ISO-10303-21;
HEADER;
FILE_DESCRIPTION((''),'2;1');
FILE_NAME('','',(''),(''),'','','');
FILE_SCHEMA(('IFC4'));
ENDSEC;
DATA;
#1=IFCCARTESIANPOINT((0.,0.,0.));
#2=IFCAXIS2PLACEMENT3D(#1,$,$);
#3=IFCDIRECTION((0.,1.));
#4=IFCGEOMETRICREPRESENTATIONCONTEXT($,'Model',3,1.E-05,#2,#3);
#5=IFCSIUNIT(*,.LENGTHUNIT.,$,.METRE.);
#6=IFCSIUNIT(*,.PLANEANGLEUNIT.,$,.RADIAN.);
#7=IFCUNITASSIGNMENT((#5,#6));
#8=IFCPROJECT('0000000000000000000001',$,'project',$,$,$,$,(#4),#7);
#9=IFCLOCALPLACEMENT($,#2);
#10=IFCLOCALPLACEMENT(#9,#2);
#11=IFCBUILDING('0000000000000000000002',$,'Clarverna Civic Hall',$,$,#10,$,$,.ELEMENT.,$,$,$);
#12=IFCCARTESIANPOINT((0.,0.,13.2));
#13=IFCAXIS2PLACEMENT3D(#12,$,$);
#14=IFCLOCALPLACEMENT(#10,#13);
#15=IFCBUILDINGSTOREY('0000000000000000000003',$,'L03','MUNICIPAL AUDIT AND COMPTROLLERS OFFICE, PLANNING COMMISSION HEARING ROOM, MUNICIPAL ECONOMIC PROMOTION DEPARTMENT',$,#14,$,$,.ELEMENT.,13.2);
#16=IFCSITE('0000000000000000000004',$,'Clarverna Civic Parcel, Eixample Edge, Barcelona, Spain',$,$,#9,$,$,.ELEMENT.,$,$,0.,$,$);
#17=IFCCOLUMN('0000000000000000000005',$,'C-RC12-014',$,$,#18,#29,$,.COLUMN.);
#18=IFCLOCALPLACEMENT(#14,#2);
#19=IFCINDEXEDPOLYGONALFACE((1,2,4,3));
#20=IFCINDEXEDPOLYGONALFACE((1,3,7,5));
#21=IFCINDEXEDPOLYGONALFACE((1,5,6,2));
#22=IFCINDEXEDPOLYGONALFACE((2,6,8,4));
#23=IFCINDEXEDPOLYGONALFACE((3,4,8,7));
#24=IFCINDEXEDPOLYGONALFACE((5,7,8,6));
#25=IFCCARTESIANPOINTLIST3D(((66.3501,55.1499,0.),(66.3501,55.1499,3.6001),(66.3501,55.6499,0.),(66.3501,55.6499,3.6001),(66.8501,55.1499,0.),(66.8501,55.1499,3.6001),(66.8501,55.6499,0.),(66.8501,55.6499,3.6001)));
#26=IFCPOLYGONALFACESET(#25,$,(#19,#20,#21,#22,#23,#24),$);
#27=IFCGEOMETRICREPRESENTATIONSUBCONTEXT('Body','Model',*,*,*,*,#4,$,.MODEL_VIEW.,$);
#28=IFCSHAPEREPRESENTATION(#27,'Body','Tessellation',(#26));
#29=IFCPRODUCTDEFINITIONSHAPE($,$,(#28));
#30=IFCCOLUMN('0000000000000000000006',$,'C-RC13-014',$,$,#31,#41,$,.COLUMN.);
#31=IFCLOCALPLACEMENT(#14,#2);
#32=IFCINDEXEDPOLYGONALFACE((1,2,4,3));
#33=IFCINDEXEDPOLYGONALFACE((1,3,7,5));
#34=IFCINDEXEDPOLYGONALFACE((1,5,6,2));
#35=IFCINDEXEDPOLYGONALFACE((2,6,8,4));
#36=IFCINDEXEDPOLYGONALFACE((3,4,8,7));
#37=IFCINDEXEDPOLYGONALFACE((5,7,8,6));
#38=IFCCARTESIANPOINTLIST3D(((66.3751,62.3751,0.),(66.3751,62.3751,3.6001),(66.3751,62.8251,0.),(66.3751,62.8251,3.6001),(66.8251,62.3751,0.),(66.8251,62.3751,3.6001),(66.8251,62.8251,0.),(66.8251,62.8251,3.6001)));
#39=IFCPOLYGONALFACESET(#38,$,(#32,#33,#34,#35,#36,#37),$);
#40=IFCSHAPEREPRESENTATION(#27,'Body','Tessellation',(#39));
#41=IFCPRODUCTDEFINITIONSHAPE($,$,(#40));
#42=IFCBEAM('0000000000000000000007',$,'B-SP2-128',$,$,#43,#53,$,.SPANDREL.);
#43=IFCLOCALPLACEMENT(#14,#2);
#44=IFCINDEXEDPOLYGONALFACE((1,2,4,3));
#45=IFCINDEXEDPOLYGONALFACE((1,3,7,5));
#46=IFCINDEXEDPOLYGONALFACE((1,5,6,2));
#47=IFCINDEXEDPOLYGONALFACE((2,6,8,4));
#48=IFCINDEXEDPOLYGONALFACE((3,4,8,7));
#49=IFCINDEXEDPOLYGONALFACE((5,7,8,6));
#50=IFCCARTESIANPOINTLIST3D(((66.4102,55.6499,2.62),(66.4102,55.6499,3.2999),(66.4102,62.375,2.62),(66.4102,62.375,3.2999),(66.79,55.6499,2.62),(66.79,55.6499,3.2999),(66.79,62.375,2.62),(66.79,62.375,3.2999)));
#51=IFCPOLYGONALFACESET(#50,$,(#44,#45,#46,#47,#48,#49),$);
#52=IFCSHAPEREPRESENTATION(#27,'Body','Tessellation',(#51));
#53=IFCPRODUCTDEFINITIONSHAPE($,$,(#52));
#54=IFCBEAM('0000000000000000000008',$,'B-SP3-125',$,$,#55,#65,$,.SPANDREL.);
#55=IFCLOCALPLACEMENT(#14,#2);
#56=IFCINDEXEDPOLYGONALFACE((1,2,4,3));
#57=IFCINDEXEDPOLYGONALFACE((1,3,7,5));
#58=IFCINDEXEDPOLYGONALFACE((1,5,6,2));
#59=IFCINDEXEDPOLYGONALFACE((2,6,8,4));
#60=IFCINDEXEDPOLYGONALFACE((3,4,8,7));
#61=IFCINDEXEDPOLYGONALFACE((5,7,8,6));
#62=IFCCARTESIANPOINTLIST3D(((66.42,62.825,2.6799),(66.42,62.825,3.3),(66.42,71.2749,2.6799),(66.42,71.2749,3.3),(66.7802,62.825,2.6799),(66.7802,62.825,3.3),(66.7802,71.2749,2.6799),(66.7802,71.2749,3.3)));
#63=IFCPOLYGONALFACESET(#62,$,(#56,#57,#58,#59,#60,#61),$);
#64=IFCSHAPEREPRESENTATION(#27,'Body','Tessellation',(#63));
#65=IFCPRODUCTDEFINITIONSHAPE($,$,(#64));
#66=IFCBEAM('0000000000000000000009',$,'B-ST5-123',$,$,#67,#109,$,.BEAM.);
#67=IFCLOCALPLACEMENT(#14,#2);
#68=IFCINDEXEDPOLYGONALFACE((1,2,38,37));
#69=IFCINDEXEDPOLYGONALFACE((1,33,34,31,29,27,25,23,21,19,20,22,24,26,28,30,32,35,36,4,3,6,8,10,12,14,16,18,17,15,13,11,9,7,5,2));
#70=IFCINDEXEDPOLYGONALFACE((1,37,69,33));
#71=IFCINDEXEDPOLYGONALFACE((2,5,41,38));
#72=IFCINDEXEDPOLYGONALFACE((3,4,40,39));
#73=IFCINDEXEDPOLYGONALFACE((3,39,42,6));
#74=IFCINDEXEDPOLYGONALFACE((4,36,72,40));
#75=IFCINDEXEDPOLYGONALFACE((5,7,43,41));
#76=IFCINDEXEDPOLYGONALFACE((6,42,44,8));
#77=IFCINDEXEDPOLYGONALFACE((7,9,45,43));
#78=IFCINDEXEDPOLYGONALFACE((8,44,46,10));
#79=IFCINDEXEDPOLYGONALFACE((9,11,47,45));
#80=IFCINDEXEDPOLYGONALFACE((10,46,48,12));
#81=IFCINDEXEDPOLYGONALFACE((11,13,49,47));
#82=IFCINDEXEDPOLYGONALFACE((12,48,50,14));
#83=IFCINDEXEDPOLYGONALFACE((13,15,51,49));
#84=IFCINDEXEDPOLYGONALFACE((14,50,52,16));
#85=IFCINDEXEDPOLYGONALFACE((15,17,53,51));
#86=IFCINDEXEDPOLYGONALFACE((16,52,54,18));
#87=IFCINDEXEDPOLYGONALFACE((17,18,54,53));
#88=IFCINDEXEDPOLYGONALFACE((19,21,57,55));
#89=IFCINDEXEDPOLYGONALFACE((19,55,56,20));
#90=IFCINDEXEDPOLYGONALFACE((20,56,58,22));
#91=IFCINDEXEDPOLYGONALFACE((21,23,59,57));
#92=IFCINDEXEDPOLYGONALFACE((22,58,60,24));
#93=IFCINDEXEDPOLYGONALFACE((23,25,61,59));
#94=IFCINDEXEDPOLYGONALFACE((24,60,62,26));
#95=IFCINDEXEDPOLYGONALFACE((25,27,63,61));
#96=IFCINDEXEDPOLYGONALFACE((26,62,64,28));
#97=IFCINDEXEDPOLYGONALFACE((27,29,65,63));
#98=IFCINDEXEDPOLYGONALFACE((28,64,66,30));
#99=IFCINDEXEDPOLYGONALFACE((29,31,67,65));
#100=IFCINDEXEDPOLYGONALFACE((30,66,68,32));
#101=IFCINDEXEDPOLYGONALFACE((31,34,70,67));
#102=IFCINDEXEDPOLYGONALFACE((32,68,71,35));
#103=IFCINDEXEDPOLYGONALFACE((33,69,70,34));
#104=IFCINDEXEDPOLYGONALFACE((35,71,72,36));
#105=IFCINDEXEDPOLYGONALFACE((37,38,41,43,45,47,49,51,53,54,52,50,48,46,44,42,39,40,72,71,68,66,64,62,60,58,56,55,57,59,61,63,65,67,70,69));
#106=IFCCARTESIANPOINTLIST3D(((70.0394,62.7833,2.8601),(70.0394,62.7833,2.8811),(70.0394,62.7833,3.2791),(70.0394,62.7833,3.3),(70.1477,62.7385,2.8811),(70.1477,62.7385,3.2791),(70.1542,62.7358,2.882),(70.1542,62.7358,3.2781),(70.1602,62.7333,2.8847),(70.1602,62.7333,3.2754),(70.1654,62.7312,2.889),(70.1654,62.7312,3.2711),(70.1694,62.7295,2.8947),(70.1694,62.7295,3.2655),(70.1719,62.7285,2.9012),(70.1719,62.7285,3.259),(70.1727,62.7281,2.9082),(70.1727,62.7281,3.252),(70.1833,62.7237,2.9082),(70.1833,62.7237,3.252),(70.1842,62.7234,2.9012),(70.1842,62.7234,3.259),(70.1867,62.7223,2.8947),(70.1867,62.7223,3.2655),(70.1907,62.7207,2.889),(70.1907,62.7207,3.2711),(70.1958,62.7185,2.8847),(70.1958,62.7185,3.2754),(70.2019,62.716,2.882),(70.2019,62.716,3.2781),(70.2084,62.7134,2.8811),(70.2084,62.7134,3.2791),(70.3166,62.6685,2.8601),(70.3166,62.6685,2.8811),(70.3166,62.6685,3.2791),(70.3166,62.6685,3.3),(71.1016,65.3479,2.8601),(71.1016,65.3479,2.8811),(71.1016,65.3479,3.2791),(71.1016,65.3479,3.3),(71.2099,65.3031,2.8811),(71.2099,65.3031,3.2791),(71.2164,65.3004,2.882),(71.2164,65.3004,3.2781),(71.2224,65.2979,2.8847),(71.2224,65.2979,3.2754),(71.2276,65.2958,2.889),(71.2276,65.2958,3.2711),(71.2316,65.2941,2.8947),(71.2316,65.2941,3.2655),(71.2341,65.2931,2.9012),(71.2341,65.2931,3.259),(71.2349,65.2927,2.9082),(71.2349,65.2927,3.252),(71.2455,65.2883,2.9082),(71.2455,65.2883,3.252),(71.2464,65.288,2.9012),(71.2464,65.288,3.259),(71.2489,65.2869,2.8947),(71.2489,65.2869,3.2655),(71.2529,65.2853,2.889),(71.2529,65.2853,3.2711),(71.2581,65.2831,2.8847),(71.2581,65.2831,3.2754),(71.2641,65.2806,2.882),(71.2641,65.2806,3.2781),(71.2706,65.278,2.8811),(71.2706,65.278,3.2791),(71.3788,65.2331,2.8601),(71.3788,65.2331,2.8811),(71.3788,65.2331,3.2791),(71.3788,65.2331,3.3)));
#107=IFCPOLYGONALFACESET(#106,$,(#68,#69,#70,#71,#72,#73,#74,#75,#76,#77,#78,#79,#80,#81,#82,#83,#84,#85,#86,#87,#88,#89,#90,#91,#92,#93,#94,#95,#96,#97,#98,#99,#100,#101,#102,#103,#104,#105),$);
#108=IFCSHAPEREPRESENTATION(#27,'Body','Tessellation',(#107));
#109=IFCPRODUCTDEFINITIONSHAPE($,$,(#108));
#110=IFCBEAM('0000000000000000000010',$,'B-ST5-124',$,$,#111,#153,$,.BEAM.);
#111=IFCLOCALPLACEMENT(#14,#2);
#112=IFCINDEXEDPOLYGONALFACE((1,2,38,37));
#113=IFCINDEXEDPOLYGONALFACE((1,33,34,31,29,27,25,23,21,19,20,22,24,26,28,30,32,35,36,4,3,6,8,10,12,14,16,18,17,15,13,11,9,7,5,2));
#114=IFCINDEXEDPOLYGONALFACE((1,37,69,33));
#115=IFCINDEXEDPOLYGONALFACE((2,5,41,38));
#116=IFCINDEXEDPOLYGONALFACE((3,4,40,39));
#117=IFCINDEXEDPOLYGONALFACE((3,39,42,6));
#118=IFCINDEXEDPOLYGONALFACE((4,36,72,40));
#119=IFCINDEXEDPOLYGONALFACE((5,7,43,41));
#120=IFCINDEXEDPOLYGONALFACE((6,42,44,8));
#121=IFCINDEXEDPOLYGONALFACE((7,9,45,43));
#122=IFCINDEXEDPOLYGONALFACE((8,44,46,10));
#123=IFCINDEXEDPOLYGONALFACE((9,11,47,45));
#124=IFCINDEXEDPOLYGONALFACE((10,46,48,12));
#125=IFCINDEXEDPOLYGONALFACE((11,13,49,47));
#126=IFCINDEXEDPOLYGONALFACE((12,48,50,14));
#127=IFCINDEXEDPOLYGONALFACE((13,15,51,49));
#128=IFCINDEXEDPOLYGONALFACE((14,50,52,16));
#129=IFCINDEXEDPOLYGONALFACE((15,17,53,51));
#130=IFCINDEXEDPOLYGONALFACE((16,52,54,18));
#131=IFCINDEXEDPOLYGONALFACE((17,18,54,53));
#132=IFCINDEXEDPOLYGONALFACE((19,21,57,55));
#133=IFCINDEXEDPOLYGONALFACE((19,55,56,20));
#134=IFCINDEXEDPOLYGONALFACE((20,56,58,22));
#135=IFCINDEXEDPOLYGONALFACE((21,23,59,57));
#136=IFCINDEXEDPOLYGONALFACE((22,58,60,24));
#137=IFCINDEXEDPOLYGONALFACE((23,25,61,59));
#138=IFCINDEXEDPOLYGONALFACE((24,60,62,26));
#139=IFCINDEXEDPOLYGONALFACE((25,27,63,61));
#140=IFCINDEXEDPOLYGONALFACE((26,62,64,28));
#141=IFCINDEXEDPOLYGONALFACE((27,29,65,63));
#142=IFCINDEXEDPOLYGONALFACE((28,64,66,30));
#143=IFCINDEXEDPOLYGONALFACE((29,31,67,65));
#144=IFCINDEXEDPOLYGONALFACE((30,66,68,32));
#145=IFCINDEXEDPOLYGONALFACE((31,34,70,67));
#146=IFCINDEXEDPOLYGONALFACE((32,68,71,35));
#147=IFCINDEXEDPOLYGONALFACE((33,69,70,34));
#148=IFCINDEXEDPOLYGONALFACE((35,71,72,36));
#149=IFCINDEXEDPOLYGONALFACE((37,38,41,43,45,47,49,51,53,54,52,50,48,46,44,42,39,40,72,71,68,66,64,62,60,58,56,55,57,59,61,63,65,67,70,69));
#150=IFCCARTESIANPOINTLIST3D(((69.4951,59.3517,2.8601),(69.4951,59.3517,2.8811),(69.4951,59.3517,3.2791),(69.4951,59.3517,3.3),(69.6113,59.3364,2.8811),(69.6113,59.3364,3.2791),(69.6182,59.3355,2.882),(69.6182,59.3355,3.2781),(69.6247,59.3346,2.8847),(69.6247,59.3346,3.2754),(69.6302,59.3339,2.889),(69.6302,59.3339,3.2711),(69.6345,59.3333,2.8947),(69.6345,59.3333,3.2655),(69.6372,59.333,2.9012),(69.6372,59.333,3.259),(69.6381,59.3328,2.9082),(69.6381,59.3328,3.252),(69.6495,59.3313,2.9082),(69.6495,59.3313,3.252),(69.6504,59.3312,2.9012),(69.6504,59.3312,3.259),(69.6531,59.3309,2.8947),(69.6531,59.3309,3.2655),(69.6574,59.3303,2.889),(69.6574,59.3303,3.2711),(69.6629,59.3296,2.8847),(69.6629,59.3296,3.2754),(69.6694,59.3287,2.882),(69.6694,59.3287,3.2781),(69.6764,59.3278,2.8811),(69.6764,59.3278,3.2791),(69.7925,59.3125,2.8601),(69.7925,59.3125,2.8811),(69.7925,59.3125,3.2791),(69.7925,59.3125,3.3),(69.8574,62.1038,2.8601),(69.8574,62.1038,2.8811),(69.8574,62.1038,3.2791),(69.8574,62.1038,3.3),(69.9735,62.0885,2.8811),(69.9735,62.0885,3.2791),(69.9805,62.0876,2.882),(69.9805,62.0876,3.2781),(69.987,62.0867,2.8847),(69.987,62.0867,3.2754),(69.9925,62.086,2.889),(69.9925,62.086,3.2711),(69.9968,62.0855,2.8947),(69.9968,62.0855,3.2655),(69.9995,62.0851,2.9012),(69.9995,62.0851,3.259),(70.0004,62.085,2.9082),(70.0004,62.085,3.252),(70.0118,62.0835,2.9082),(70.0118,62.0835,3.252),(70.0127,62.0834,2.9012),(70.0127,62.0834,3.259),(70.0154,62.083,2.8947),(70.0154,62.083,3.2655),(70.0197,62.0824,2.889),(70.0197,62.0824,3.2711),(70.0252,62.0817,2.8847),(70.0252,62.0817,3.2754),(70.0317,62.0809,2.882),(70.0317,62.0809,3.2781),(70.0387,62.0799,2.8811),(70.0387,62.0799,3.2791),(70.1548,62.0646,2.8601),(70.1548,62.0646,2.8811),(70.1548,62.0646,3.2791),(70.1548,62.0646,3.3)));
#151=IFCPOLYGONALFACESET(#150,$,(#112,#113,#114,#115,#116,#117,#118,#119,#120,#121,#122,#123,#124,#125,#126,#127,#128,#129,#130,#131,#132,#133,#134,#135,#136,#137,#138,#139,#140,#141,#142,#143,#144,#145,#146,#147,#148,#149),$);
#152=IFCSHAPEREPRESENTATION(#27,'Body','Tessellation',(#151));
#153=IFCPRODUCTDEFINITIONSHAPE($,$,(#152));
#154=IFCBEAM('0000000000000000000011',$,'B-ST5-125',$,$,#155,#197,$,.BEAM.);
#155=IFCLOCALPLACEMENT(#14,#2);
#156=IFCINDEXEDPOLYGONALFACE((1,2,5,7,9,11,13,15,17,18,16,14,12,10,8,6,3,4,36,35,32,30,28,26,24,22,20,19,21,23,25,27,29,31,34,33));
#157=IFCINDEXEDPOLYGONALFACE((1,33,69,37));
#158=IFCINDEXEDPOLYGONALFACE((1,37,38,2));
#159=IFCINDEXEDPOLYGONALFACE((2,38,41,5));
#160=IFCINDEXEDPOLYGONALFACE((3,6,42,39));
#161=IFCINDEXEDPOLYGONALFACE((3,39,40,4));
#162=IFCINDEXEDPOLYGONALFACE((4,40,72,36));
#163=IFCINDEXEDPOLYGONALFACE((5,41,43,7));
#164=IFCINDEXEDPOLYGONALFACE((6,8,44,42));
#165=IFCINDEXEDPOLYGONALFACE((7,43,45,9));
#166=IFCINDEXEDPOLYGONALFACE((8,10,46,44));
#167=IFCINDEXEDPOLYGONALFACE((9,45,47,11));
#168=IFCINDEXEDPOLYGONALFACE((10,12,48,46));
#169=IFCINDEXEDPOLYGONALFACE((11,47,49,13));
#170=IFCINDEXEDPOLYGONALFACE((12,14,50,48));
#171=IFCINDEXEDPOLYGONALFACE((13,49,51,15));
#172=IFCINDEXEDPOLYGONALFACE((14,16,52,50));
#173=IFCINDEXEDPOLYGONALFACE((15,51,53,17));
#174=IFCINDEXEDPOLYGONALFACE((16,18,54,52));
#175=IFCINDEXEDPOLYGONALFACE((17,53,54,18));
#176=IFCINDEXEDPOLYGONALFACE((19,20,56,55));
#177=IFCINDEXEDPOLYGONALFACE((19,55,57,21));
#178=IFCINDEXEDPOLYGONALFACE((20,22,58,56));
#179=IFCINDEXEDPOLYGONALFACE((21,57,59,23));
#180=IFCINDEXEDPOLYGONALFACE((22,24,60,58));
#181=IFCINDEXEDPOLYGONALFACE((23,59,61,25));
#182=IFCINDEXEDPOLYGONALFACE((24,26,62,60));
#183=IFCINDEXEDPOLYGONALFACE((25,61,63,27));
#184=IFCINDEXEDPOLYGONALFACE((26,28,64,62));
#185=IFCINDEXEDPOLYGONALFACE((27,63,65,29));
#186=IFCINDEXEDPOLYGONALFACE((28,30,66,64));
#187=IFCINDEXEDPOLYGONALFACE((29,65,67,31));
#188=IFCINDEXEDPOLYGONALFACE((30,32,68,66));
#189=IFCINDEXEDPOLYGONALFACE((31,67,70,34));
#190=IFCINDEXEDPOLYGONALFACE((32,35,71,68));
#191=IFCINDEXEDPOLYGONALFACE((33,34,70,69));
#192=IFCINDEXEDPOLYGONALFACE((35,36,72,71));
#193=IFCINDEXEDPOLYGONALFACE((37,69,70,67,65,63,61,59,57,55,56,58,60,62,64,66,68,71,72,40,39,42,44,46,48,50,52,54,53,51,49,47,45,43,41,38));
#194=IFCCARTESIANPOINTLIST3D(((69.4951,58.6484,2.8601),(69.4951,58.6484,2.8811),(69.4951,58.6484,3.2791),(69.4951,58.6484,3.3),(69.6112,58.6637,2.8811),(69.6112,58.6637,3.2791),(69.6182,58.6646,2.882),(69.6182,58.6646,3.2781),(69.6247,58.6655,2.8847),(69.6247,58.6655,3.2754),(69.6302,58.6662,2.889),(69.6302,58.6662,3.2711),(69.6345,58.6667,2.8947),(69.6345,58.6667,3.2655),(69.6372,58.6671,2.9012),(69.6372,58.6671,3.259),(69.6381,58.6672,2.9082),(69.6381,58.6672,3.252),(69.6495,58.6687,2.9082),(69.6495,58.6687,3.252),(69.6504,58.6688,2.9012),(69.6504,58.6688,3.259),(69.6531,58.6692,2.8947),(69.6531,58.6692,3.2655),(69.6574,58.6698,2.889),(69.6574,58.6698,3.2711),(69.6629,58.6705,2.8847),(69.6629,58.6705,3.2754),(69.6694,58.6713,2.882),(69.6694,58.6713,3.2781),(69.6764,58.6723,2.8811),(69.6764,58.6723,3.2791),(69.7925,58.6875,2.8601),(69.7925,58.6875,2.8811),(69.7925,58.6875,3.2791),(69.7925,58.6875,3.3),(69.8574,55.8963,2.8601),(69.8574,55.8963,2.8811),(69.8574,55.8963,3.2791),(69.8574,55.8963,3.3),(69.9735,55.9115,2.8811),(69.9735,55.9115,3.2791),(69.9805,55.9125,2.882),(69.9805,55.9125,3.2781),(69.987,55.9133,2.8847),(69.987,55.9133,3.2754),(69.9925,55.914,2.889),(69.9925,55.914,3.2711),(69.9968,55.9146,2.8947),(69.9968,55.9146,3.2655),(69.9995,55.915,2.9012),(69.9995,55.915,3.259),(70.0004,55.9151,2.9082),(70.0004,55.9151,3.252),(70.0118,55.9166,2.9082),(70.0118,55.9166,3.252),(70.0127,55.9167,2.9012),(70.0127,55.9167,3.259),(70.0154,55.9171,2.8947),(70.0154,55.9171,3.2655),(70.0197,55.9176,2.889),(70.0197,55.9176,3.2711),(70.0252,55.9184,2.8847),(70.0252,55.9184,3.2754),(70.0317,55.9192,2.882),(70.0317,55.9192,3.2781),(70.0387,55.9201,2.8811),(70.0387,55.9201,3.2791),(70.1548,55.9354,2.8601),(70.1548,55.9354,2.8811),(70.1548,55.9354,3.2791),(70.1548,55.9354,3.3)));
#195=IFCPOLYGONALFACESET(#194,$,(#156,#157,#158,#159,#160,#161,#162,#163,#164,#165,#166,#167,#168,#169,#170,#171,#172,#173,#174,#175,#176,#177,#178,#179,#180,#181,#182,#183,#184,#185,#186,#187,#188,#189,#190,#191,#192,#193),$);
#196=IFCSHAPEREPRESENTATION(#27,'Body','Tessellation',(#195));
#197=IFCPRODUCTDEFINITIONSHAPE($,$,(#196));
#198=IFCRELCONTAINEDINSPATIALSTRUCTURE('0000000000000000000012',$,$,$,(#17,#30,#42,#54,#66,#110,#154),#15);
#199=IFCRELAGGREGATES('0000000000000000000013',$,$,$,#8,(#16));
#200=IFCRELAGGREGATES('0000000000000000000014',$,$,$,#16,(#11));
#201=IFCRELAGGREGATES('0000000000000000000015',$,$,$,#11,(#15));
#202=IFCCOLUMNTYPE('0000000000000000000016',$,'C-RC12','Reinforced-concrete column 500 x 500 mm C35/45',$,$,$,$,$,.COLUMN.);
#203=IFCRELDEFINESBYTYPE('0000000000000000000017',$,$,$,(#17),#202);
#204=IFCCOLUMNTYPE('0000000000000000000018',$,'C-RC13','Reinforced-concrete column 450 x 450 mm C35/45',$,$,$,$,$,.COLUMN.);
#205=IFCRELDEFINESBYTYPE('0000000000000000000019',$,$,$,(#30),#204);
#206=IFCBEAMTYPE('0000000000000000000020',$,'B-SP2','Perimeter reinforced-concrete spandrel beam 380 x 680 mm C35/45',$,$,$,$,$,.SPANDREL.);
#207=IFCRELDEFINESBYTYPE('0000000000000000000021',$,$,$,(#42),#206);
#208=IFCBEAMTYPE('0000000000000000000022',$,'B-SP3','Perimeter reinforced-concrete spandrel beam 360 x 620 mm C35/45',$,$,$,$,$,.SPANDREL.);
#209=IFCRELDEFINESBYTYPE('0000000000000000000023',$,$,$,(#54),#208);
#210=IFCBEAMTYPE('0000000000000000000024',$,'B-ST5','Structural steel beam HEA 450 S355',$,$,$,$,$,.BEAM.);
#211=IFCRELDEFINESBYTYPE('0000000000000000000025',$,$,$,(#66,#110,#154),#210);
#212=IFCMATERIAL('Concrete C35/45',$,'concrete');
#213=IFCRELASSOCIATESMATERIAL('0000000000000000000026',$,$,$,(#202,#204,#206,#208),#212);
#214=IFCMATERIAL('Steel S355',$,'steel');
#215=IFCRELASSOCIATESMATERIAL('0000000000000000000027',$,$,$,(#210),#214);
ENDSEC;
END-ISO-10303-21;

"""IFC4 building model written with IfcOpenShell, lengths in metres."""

from ifc_helpers import new_model, si_unit, direction, frame, origin, origin_2d, place, context, subcontext, project, spatial, rectangle, i_section, extrude, material, material_profile, profile_set, type_object, element, save


model = new_model("IFC4")

# Units and contexts
model_context = context("Model", 3, precision=1e-05, world=origin(), true_north=direction((0.0, 1.0)))
body_context = subcontext(model_context, "Body", "Model", "MODEL_VIEW")
ifc_project = project(units=[si_unit("LENGTHUNIT", "METRE"), si_unit("PLANEANGLEUNIT", "RADIAN")], contexts=[model_context])

# Site, building, storey
site_placement = place(None, origin())
site = spatial("IfcSite", under=ifc_project, at=site_placement, Name="Clarverna Civic Parcel, Eixample Edge, Barcelona, Spain", CompositionType="ELEMENT", RefElevation=0.0)
building_placement = place(site_placement, origin())
building = spatial("IfcBuilding", under=site, at=building_placement, Name="Clarverna Civic Hall", CompositionType="ELEMENT")
storey_placement = place(building_placement, frame((0.0, 0.0, 13.2)))
storey = spatial("IfcBuildingStorey", under=building, at=storey_placement, Name="L03", Description="MUNICIPAL AUDIT AND COMPTROLLERS OFFICE, PLANNING COMMISSION HEARING ROOM, MUNICIPAL ECONOMIC PROMOTION DEPARTMENT", CompositionType="ELEMENT", Elevation=13.2)

# Columns
ifc_material_1 = material(Name="Concrete C35/45", Category="concrete")
ifc_material_profile_1 = material_profile(ifc_material_1, rectangle(XDim=0.5, YDim=0.5, at=origin_2d()), Name="RC 500x500")
ifc_profile_set_1 = profile_set([ifc_material_profile_1], Name="Concrete C35/45")
column_type_1 = type_object("IfcColumnType", Name="C-RC12", Description="Reinforced-concrete column 500 x 500 mm C35/45", PredefinedType="COLUMN", material=ifc_profile_set_1)
column_1_placement = place(storey_placement, frame((66.6001, 55.3999, 0.0), z_axis=(0.0, 0.0, 1.0), x_axis=(1.0, 0.0, 0.0)))
element("IfcColumn", 1, at=column_1_placement, inside=storey, type_object=column_type_1, Name="C-RC12-014", PredefinedType="COLUMN", context=body_context, shape_type="SweptSolid", body=[
    extrude(rectangle(XDim=0.5, YDim=0.5, at=origin_2d()), origin(), (0.0, 0.0, 1.0), 3.6001),
])
ifc_material_profile_2 = material_profile(ifc_material_1, rectangle(XDim=0.45, YDim=0.45, at=origin_2d()), Name="RC 450x450")
ifc_profile_set_2 = profile_set([ifc_material_profile_2], Name="Concrete C35/45")
column_type_2 = type_object("IfcColumnType", Name="C-RC13", Description="Reinforced-concrete column 450 x 450 mm C35/45", PredefinedType="COLUMN", material=ifc_profile_set_2)
column_2_placement = place(storey_placement, frame((66.6001, 62.6001, 0.0), z_axis=(0.0, 0.0, 1.0), x_axis=(1.0, 0.0, 0.0)))
element("IfcColumn", 2, at=column_2_placement, inside=storey, type_object=column_type_2, Name="C-RC13-014", PredefinedType="COLUMN", context=body_context, shape_type="SweptSolid", body=[
    extrude(rectangle(XDim=0.45, YDim=0.45, at=origin_2d()), origin(), (0.0, 0.0, 1.0), 3.6001),
])

# Beams
ifc_material_profile_3 = material_profile(ifc_material_1, rectangle(XDim=0.3799, YDim=0.6799, at=origin_2d()), Name="RC 380x680")
ifc_profile_set_3 = profile_set([ifc_material_profile_3], Name="Concrete C35/45")
beam_type_1 = type_object("IfcBeamType", Name="B-SP2", Description="Perimeter reinforced-concrete spandrel beam 380 x 680 mm C35/45", PredefinedType="SPANDREL", material=ifc_profile_set_3)
beam_1_placement = place(storey_placement, frame((66.6001, 55.6499, 2.96), z_axis=(0.0, 1.0, 0.0), x_axis=(-1.0, 0.0, 0.0)))
element("IfcBeam", 3, at=beam_1_placement, inside=storey, type_object=beam_type_1, Name="B-SP2-128", PredefinedType="SPANDREL", context=body_context, shape_type="SweptSolid", body=[
    extrude(rectangle(XDim=0.3799, YDim=0.6799, at=origin_2d()), origin(), (0.0, 0.0, 1.0), 6.7251),
])
ifc_material_profile_4 = material_profile(ifc_material_1, rectangle(XDim=0.3601, YDim=0.6201, at=origin_2d()), Name="RC 360x620")
ifc_profile_set_4 = profile_set([ifc_material_profile_4], Name="Concrete C35/45")
beam_type_2 = type_object("IfcBeamType", Name="B-SP3", Description="Perimeter reinforced-concrete spandrel beam 360 x 620 mm C35/45", PredefinedType="SPANDREL", material=ifc_profile_set_4)
beam_2_placement = place(storey_placement, frame((66.6001, 62.825, 2.99), z_axis=(0.0, 1.0, 0.0), x_axis=(-1.0, 0.0, 0.0)))
element("IfcBeam", 4, at=beam_2_placement, inside=storey, type_object=beam_type_2, Name="B-SP3-125", PredefinedType="SPANDREL", context=body_context, shape_type="SweptSolid", body=[
    extrude(rectangle(XDim=0.3601, YDim=0.6201, at=origin_2d()), origin(), (0.0, 0.0, 1.0), 8.45),
])
ifc_material_2 = material(Name="Steel S355", Category="steel")
ifc_material_profile_5 = material_profile(ifc_material_2, i_section(OverallWidth=0.3, OverallDepth=0.4399, WebThickness=0.0115, FlangeThickness=0.021, FilletRadius=0.0271, at=origin_2d()), Name="HEA 450")
ifc_profile_set_5 = profile_set([ifc_material_profile_5], Name="Steel S355")
beam_type_3 = type_object("IfcBeamType", Name="B-ST5", Description="Structural steel beam HEA 450 S355", PredefinedType="BEAM", material=ifc_profile_set_5)
for number, where, z_axis, x_axis, name in (
    (5, (71.2402, 65.2905, 3.0801), (-0.38266, -0.923889, 0.0), (0.923889, -0.38266, 0.0), "B-ST5-123"),
    (6, (70.0061, 62.0842, 3.0801), (-0.130516, -0.991446, 0.0), (0.991446, -0.130516, 0.0), "B-ST5-124"),
    (7, (69.6438, 58.668, 3.0801), (0.130516, -0.991446, 0.0), (0.991446, 0.130516, 0.0), "B-ST5-125"),
):
    element("IfcBeam", number, at=place(storey_placement, frame(where, z_axis=z_axis, x_axis=x_axis)), inside=storey, type_object=beam_type_3, Name=name, PredefinedType="BEAM", context=body_context, shape_type="SweptSolid", body=[
        extrude(i_section(OverallWidth=0.3, OverallDepth=0.4399, WebThickness=0.0115, FlangeThickness=0.021, FilletRadius=0.0271, at=origin_2d()), origin(), (0.0, 0.0, 1.0), 2.7759),
    ])

save(model, "model.ifc")
